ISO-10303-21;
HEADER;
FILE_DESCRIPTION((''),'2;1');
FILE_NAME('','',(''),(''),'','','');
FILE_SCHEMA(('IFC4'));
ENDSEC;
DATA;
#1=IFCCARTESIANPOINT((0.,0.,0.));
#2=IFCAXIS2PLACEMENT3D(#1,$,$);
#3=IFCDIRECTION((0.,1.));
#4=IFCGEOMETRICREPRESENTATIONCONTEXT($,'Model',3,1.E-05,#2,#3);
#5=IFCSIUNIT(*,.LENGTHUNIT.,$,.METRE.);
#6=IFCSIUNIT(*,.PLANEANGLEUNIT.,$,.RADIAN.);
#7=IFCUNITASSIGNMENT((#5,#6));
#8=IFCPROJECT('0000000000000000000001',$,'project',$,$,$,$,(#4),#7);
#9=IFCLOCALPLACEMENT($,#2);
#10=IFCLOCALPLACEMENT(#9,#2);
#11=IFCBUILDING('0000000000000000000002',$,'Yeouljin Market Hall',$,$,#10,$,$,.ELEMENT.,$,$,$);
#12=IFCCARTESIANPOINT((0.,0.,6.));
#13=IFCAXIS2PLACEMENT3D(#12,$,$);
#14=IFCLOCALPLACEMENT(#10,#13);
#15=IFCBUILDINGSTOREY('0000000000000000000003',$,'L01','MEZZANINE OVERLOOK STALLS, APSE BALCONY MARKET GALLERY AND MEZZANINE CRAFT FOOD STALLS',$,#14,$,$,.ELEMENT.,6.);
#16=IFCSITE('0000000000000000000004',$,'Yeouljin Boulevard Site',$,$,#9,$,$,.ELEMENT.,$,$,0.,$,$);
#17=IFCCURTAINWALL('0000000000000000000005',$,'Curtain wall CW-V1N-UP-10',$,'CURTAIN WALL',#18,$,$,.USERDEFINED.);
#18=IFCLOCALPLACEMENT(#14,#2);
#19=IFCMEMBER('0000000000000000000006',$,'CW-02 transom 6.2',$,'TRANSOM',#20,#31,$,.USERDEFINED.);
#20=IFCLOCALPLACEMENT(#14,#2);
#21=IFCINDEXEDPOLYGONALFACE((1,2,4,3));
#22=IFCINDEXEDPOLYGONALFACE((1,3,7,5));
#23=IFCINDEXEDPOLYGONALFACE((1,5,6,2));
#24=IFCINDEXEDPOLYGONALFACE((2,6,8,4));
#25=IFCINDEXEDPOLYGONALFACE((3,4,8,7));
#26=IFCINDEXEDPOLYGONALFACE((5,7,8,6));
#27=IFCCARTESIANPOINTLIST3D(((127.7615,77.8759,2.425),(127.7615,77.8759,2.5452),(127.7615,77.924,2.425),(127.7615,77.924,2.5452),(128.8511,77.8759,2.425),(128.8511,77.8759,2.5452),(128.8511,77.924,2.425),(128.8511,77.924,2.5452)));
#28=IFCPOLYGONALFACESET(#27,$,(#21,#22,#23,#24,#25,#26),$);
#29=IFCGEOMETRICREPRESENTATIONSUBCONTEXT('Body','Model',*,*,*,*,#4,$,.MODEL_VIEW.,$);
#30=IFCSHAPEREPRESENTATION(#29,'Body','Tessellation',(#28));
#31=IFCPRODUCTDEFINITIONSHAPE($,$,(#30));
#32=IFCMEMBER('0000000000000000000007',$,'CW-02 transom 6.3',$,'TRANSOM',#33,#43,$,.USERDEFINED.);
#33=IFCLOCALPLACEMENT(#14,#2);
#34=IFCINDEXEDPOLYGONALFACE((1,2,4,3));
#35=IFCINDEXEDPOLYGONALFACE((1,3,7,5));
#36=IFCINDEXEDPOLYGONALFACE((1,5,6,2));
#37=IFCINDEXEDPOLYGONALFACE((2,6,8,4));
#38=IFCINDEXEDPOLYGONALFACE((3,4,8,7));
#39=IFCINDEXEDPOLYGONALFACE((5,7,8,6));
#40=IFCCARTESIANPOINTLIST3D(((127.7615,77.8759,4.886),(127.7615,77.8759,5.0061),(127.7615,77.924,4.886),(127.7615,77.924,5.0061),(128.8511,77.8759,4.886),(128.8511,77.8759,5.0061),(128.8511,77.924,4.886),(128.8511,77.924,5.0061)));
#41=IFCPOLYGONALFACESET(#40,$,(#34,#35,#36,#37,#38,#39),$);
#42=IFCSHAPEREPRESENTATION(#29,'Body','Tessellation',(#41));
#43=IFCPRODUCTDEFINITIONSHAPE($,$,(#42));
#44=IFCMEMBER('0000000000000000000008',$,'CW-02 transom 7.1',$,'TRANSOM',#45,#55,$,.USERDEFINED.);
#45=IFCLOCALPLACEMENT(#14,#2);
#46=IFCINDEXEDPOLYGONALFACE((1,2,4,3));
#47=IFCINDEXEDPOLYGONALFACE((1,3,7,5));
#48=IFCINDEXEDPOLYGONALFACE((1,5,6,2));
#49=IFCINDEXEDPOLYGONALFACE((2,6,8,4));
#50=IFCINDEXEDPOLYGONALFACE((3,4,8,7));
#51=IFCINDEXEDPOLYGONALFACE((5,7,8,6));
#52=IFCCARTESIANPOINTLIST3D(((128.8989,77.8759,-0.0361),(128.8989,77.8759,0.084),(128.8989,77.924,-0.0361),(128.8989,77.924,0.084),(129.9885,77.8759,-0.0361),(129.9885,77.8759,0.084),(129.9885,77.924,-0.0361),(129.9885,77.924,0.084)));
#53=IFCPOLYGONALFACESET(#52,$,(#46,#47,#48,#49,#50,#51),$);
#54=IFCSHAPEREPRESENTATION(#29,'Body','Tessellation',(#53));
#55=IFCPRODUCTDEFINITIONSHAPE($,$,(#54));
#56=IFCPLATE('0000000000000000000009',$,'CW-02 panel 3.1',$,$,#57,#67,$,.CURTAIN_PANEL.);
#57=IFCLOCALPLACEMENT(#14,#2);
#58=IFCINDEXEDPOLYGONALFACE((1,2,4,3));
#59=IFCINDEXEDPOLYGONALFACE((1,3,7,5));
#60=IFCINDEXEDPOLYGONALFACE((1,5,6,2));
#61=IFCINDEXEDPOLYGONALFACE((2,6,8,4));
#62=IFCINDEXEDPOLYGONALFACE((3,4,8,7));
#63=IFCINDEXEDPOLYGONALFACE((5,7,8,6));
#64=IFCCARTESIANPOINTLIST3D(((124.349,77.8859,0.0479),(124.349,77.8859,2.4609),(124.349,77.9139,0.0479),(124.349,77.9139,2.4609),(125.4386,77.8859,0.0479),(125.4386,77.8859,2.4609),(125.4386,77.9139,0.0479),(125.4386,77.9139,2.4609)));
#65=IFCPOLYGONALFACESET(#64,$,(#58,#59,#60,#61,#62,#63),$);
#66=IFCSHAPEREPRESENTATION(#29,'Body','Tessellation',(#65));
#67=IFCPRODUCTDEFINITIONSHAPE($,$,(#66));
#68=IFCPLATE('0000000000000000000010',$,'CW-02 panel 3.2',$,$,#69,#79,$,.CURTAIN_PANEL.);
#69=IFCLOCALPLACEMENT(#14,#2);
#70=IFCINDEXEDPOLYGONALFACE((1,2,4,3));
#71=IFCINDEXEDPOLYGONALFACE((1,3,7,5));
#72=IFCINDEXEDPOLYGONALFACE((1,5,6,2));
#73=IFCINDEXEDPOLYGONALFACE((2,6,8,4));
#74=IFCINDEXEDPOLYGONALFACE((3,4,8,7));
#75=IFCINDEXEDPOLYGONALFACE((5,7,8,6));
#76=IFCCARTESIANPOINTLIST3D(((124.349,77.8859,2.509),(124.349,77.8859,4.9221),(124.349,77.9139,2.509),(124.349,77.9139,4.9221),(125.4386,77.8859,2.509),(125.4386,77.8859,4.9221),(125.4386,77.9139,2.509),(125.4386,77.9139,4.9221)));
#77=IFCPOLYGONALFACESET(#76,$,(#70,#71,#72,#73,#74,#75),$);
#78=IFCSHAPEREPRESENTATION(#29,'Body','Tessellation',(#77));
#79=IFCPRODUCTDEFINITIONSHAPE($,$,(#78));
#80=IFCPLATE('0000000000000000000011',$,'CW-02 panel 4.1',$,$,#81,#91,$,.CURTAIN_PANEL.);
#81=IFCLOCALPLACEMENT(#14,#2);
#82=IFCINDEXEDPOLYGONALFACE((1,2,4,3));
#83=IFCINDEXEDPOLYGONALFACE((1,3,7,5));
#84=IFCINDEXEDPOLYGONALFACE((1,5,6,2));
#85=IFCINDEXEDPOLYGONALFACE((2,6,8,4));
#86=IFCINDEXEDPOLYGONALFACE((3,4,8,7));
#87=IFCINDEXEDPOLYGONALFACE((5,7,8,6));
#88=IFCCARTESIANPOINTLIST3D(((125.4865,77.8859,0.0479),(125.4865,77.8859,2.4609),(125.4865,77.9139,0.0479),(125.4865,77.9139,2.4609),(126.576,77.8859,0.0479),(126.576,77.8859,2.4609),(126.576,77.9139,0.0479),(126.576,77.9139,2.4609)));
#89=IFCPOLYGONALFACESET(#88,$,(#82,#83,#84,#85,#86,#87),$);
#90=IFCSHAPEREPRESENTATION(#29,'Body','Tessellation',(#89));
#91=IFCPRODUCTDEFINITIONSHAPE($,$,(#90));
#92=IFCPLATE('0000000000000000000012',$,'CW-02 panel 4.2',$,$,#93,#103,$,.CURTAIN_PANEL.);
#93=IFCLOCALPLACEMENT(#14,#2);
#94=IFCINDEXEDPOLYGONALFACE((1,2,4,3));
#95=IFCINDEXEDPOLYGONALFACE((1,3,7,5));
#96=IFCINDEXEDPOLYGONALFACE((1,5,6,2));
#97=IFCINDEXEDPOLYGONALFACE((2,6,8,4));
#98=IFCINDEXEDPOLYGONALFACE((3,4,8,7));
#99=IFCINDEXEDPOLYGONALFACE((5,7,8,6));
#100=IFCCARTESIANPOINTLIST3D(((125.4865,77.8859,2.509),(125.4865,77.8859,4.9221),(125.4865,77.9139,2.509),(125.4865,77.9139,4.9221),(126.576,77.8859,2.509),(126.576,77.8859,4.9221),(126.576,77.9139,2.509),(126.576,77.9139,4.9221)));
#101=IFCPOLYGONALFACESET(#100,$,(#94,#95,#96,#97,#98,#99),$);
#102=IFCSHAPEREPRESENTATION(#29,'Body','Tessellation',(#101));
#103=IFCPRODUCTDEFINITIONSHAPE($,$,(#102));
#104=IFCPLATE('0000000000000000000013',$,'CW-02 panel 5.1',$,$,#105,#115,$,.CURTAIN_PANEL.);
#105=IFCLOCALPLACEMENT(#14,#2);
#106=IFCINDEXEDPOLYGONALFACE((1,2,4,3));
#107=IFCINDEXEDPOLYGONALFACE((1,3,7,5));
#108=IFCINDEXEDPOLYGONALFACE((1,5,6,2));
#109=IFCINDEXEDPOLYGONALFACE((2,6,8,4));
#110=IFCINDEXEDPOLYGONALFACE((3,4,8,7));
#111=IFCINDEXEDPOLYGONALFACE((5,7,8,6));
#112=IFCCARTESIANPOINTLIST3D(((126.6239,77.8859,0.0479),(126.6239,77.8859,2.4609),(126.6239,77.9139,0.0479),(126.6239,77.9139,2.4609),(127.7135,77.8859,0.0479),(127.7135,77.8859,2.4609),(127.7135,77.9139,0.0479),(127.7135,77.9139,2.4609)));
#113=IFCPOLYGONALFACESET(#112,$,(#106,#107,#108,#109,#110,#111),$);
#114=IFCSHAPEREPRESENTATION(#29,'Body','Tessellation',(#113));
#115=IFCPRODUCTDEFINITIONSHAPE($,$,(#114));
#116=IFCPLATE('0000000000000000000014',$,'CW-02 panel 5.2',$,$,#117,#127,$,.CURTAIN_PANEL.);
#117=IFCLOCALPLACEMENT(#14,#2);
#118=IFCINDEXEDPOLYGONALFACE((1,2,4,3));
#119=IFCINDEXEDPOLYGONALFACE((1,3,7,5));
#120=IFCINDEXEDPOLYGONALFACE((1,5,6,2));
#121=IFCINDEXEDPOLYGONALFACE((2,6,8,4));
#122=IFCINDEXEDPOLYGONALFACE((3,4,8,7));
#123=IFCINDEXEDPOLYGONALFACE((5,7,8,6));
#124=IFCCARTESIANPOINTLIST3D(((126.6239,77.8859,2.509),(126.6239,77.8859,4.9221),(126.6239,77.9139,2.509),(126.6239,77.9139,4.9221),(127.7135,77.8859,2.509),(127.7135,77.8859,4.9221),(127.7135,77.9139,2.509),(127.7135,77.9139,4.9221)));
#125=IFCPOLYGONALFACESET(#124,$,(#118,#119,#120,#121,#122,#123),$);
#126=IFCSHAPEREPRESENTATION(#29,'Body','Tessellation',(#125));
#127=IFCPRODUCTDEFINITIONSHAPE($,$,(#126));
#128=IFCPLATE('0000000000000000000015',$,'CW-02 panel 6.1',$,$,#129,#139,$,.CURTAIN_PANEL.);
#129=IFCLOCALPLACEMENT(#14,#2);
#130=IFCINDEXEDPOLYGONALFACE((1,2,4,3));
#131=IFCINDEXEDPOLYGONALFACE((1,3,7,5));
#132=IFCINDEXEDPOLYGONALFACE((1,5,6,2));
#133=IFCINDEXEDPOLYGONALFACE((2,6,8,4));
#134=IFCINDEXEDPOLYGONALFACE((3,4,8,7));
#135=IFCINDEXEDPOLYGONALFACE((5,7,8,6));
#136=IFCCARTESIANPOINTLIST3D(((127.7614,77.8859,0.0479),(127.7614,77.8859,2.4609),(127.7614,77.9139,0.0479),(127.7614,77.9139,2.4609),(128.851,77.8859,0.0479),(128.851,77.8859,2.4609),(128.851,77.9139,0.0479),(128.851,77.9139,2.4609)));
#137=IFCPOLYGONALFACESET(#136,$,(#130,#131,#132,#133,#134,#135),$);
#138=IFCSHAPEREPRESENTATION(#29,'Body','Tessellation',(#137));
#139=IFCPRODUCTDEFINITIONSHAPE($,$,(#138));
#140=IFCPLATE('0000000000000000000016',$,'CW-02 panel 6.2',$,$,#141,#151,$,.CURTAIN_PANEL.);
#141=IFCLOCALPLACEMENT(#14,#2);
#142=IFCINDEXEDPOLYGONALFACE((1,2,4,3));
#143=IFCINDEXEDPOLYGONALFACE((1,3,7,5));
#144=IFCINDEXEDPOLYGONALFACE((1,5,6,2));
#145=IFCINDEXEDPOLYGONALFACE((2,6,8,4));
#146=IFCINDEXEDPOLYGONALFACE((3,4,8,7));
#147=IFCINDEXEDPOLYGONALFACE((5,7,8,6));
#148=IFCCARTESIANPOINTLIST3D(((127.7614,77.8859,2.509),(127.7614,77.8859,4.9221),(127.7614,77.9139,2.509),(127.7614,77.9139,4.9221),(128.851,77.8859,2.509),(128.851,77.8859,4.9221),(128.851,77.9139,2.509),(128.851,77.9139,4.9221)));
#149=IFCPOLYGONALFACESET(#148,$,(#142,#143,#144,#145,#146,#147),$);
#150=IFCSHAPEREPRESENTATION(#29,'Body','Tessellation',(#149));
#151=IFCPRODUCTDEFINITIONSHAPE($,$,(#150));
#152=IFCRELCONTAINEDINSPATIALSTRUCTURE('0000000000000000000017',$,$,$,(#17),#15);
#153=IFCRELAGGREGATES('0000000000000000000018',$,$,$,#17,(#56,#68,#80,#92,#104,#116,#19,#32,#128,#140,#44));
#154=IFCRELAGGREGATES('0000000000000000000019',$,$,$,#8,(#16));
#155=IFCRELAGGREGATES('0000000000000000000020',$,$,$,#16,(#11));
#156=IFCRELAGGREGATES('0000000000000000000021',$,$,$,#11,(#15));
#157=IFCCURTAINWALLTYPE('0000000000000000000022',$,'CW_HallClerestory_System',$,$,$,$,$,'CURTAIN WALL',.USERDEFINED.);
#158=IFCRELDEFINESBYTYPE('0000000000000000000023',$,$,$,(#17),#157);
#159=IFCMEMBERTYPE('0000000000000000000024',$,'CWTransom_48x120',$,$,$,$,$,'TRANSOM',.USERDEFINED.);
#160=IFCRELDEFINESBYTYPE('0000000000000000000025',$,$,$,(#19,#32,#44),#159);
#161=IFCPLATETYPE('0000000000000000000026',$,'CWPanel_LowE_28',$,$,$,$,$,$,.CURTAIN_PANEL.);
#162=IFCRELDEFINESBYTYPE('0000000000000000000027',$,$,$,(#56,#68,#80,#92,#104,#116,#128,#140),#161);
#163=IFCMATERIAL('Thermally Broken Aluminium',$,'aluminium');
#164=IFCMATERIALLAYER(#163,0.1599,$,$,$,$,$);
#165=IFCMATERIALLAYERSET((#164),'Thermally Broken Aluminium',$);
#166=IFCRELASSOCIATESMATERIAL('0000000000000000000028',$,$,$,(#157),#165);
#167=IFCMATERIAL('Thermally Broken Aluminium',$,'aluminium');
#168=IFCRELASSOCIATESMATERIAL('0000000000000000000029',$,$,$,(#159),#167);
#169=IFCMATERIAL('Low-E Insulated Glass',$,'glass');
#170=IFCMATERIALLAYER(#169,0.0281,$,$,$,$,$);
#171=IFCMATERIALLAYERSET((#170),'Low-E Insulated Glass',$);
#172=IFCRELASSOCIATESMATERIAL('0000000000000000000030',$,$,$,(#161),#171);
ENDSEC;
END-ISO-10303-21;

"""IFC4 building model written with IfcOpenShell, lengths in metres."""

from ifc_helpers import new_model, si_unit, direction, frame, origin, origin_2d, place, context, subcontext, project, spatial, rectangle, extrude, material, layer, layer_set, material_profile, profile_set, type_object, element, aggregate, save


model = new_model("IFC4")

# Units and contexts
model_context = context("Model", 3, precision=1e-05, world=origin(), true_north=direction((0.0, 1.0)))
body_context = subcontext(model_context, "Body", "Model", "MODEL_VIEW")
ifc_project = project(units=[si_unit("LENGTHUNIT", "METRE"), si_unit("PLANEANGLEUNIT", "RADIAN")], contexts=[model_context])

# Site, building, storey
site_placement = place(None, origin())
site = spatial("IfcSite", under=ifc_project, at=site_placement, Name="Yeouljin Boulevard Site", CompositionType="ELEMENT", RefElevation=0.0)
building_placement = place(site_placement, origin())
building = spatial("IfcBuilding", under=site, at=building_placement, Name="Yeouljin Market Hall", CompositionType="ELEMENT")
storey_placement = place(building_placement, frame((0.0, 0.0, 6.0)))
storey = spatial("IfcBuildingStorey", under=building, at=storey_placement, Name="L01", Description="MEZZANINE OVERLOOK STALLS, APSE BALCONY MARKET GALLERY AND MEZZANINE CRAFT FOOD STALLS", CompositionType="ELEMENT", Elevation=6.0)

# Curtain wall, members, plates
ifc_material_1 = material(Name="Thermally Broken Aluminium", Category="aluminium")
ifc_layer_1 = layer(ifc_material_1, 0.1599)
ifc_layer_set_1 = layer_set([ifc_layer_1], Name="Thermally Broken Aluminium")
curtain_wall_type = type_object("IfcCurtainWallType", Name="CW_HallClerestory_System", ElementType="CURTAIN WALL", PredefinedType="USERDEFINED", material=ifc_layer_set_1)
curtain_wall_placement = place(storey_placement, origin())
curtain_wall = element("IfcCurtainWall", 1, at=curtain_wall_placement, inside=storey, type_object=curtain_wall_type, Name="Curtain wall CW-V1N-UP-10", ObjectType="CURTAIN WALL", PredefinedType="USERDEFINED")
ifc_material_2 = material(Name="Thermally Broken Aluminium", Category="aluminium")
ifc_material_profile_1 = material_profile(ifc_material_2, rectangle(XDim=0.0481, YDim=0.1201, at=origin_2d()), Name="CW-TRAN-48x120")
ifc_profile_set_1 = profile_set([ifc_material_profile_1], Name="Thermally Broken Aluminium")
member_type_1 = type_object("IfcMemberType", Name="CWTransom_48x120", ElementType="TRANSOM", PredefinedType="USERDEFINED", material=ifc_profile_set_1)
member_1_placement = place(storey_placement, frame((127.7615, 77.8999, 2.4851), z_axis=(1.0, 0.0, 0.0), x_axis=(0.0, 1.0, 0.0)))
member_1 = element("IfcMember", 2, at=member_1_placement, type_object=member_type_1, Name="CW-02 transom 6.2", ObjectType="TRANSOM", PredefinedType="USERDEFINED", context=body_context, shape_type="SweptSolid", body=[
    extrude(rectangle(XDim=0.0481, YDim=0.1201, at=origin_2d()), origin(), (0.0, 0.0, 1.0), 1.0896),
])
member_2_placement = place(storey_placement, frame((127.7615, 77.8999, 4.946), z_axis=(1.0, 0.0, 0.0), x_axis=(0.0, 1.0, 0.0)))
member_2 = element("IfcMember", 3, at=member_2_placement, type_object=member_type_1, Name="CW-02 transom 6.3", ObjectType="TRANSOM", PredefinedType="USERDEFINED", context=body_context, shape_type="SweptSolid", body=[
    extrude(rectangle(XDim=0.0481, YDim=0.1201, at=origin_2d()), origin(), (0.0, 0.0, 1.0), 1.0896),
])
member_3_placement = place(storey_placement, frame((128.8989, 77.8999, 0.0239), z_axis=(1.0, 0.0, 0.0), x_axis=(0.0, 1.0, 0.0)))
member_3 = element("IfcMember", 4, at=member_3_placement, type_object=member_type_1, Name="CW-02 transom 7.1", ObjectType="TRANSOM", PredefinedType="USERDEFINED", context=body_context, shape_type="SweptSolid", body=[
    extrude(rectangle(XDim=0.0481, YDim=0.1201, at=origin_2d()), origin(), (0.0, 0.0, 1.0), 1.0896),
])
ifc_material_3 = material(Name="Low-E Insulated Glass", Category="glass")
ifc_layer_2 = layer(ifc_material_3, 0.0281)
ifc_layer_set_2 = layer_set([ifc_layer_2], Name="Low-E Insulated Glass")
plate_type = type_object("IfcPlateType", Name="CWPanel_LowE_28", PredefinedType="CURTAIN_PANEL", material=ifc_layer_set_2)
plate_1_placement = place(storey_placement, frame((124.8938, 77.8999, 0.0479), z_axis=(0.0, 0.0, 1.0), x_axis=(1.0, 0.0, 0.0)))
plate_1 = element("IfcPlate", 5, at=plate_1_placement, type_object=plate_type, Name="CW-02 panel 3.1", PredefinedType="CURTAIN_PANEL", context=body_context, shape_type="SweptSolid", body=[
    extrude(rectangle(XDim=1.0896, YDim=0.0281, at=origin_2d()), origin(), (0.0, 0.0, 1.0), 2.4131),
])
plate_2_placement = place(storey_placement, frame((124.8938, 77.8999, 2.509), z_axis=(0.0, 0.0, 1.0), x_axis=(1.0, 0.0, 0.0)))
plate_2 = element("IfcPlate", 6, at=plate_2_placement, type_object=plate_type, Name="CW-02 panel 3.2", PredefinedType="CURTAIN_PANEL", context=body_context, shape_type="SweptSolid", body=[
    extrude(rectangle(XDim=1.0896, YDim=0.0281, at=origin_2d()), origin(), (0.0, 0.0, 1.0), 2.4131),
])
plate_3_placement = place(storey_placement, frame((126.0312, 77.8999, 0.0479), z_axis=(0.0, 0.0, 1.0), x_axis=(1.0, 0.0, 0.0)))
plate_3 = element("IfcPlate", 7, at=plate_3_placement, type_object=plate_type, Name="CW-02 panel 4.1", PredefinedType="CURTAIN_PANEL", context=body_context, shape_type="SweptSolid", body=[
    extrude(rectangle(XDim=1.0896, YDim=0.0281, at=origin_2d()), origin(), (0.0, 0.0, 1.0), 2.4131),
])
plate_4_placement = place(storey_placement, frame((126.0312, 77.8999, 2.509), z_axis=(0.0, 0.0, 1.0), x_axis=(1.0, 0.0, 0.0)))
plate_4 = element("IfcPlate", 8, at=plate_4_placement, type_object=plate_type, Name="CW-02 panel 4.2", PredefinedType="CURTAIN_PANEL", context=body_context, shape_type="SweptSolid", body=[
    extrude(rectangle(XDim=1.0896, YDim=0.0281, at=origin_2d()), origin(), (0.0, 0.0, 1.0), 2.4131),
])
plate_5_placement = place(storey_placement, frame((127.1687, 77.8999, 0.0479), z_axis=(0.0, 0.0, 1.0), x_axis=(1.0, 0.0, 0.0)))
plate_5 = element("IfcPlate", 9, at=plate_5_placement, type_object=plate_type, Name="CW-02 panel 5.1", PredefinedType="CURTAIN_PANEL", context=body_context, shape_type="SweptSolid", body=[
    extrude(rectangle(XDim=1.0896, YDim=0.0281, at=origin_2d()), origin(), (0.0, 0.0, 1.0), 2.4131),
])
plate_6_placement = place(storey_placement, frame((127.1687, 77.8999, 2.509), z_axis=(0.0, 0.0, 1.0), x_axis=(1.0, 0.0, 0.0)))
plate_6 = element("IfcPlate", 10, at=plate_6_placement, type_object=plate_type, Name="CW-02 panel 5.2", PredefinedType="CURTAIN_PANEL", context=body_context, shape_type="SweptSolid", body=[
    extrude(rectangle(XDim=1.0896, YDim=0.0281, at=origin_2d()), origin(), (0.0, 0.0, 1.0), 2.4131),
])
plate_7_placement = place(storey_placement, frame((128.3062, 77.8999, 0.0479), z_axis=(0.0, 0.0, 1.0), x_axis=(1.0, 0.0, 0.0)))
plate_7 = element("IfcPlate", 11, at=plate_7_placement, type_object=plate_type, Name="CW-02 panel 6.1", PredefinedType="CURTAIN_PANEL", context=body_context, shape_type="SweptSolid", body=[
    extrude(rectangle(XDim=1.0896, YDim=0.0281, at=origin_2d()), origin(), (0.0, 0.0, 1.0), 2.4131),
])
plate_8_placement = place(storey_placement, frame((128.3062, 77.8999, 2.509), z_axis=(0.0, 0.0, 1.0), x_axis=(1.0, 0.0, 0.0)))
plate_8 = element("IfcPlate", 12, at=plate_8_placement, type_object=plate_type, Name="CW-02 panel 6.2", PredefinedType="CURTAIN_PANEL", context=body_context, shape_type="SweptSolid", body=[
    extrude(rectangle(XDim=1.0896, YDim=0.0281, at=origin_2d()), origin(), (0.0, 0.0, 1.0), 2.4131),
])
aggregate(curtain_wall, [plate_1, plate_2, plate_3, plate_4, plate_5, plate_6, member_1, member_2, plate_7, plate_8, member_3])

save(model, "model.ifc")
